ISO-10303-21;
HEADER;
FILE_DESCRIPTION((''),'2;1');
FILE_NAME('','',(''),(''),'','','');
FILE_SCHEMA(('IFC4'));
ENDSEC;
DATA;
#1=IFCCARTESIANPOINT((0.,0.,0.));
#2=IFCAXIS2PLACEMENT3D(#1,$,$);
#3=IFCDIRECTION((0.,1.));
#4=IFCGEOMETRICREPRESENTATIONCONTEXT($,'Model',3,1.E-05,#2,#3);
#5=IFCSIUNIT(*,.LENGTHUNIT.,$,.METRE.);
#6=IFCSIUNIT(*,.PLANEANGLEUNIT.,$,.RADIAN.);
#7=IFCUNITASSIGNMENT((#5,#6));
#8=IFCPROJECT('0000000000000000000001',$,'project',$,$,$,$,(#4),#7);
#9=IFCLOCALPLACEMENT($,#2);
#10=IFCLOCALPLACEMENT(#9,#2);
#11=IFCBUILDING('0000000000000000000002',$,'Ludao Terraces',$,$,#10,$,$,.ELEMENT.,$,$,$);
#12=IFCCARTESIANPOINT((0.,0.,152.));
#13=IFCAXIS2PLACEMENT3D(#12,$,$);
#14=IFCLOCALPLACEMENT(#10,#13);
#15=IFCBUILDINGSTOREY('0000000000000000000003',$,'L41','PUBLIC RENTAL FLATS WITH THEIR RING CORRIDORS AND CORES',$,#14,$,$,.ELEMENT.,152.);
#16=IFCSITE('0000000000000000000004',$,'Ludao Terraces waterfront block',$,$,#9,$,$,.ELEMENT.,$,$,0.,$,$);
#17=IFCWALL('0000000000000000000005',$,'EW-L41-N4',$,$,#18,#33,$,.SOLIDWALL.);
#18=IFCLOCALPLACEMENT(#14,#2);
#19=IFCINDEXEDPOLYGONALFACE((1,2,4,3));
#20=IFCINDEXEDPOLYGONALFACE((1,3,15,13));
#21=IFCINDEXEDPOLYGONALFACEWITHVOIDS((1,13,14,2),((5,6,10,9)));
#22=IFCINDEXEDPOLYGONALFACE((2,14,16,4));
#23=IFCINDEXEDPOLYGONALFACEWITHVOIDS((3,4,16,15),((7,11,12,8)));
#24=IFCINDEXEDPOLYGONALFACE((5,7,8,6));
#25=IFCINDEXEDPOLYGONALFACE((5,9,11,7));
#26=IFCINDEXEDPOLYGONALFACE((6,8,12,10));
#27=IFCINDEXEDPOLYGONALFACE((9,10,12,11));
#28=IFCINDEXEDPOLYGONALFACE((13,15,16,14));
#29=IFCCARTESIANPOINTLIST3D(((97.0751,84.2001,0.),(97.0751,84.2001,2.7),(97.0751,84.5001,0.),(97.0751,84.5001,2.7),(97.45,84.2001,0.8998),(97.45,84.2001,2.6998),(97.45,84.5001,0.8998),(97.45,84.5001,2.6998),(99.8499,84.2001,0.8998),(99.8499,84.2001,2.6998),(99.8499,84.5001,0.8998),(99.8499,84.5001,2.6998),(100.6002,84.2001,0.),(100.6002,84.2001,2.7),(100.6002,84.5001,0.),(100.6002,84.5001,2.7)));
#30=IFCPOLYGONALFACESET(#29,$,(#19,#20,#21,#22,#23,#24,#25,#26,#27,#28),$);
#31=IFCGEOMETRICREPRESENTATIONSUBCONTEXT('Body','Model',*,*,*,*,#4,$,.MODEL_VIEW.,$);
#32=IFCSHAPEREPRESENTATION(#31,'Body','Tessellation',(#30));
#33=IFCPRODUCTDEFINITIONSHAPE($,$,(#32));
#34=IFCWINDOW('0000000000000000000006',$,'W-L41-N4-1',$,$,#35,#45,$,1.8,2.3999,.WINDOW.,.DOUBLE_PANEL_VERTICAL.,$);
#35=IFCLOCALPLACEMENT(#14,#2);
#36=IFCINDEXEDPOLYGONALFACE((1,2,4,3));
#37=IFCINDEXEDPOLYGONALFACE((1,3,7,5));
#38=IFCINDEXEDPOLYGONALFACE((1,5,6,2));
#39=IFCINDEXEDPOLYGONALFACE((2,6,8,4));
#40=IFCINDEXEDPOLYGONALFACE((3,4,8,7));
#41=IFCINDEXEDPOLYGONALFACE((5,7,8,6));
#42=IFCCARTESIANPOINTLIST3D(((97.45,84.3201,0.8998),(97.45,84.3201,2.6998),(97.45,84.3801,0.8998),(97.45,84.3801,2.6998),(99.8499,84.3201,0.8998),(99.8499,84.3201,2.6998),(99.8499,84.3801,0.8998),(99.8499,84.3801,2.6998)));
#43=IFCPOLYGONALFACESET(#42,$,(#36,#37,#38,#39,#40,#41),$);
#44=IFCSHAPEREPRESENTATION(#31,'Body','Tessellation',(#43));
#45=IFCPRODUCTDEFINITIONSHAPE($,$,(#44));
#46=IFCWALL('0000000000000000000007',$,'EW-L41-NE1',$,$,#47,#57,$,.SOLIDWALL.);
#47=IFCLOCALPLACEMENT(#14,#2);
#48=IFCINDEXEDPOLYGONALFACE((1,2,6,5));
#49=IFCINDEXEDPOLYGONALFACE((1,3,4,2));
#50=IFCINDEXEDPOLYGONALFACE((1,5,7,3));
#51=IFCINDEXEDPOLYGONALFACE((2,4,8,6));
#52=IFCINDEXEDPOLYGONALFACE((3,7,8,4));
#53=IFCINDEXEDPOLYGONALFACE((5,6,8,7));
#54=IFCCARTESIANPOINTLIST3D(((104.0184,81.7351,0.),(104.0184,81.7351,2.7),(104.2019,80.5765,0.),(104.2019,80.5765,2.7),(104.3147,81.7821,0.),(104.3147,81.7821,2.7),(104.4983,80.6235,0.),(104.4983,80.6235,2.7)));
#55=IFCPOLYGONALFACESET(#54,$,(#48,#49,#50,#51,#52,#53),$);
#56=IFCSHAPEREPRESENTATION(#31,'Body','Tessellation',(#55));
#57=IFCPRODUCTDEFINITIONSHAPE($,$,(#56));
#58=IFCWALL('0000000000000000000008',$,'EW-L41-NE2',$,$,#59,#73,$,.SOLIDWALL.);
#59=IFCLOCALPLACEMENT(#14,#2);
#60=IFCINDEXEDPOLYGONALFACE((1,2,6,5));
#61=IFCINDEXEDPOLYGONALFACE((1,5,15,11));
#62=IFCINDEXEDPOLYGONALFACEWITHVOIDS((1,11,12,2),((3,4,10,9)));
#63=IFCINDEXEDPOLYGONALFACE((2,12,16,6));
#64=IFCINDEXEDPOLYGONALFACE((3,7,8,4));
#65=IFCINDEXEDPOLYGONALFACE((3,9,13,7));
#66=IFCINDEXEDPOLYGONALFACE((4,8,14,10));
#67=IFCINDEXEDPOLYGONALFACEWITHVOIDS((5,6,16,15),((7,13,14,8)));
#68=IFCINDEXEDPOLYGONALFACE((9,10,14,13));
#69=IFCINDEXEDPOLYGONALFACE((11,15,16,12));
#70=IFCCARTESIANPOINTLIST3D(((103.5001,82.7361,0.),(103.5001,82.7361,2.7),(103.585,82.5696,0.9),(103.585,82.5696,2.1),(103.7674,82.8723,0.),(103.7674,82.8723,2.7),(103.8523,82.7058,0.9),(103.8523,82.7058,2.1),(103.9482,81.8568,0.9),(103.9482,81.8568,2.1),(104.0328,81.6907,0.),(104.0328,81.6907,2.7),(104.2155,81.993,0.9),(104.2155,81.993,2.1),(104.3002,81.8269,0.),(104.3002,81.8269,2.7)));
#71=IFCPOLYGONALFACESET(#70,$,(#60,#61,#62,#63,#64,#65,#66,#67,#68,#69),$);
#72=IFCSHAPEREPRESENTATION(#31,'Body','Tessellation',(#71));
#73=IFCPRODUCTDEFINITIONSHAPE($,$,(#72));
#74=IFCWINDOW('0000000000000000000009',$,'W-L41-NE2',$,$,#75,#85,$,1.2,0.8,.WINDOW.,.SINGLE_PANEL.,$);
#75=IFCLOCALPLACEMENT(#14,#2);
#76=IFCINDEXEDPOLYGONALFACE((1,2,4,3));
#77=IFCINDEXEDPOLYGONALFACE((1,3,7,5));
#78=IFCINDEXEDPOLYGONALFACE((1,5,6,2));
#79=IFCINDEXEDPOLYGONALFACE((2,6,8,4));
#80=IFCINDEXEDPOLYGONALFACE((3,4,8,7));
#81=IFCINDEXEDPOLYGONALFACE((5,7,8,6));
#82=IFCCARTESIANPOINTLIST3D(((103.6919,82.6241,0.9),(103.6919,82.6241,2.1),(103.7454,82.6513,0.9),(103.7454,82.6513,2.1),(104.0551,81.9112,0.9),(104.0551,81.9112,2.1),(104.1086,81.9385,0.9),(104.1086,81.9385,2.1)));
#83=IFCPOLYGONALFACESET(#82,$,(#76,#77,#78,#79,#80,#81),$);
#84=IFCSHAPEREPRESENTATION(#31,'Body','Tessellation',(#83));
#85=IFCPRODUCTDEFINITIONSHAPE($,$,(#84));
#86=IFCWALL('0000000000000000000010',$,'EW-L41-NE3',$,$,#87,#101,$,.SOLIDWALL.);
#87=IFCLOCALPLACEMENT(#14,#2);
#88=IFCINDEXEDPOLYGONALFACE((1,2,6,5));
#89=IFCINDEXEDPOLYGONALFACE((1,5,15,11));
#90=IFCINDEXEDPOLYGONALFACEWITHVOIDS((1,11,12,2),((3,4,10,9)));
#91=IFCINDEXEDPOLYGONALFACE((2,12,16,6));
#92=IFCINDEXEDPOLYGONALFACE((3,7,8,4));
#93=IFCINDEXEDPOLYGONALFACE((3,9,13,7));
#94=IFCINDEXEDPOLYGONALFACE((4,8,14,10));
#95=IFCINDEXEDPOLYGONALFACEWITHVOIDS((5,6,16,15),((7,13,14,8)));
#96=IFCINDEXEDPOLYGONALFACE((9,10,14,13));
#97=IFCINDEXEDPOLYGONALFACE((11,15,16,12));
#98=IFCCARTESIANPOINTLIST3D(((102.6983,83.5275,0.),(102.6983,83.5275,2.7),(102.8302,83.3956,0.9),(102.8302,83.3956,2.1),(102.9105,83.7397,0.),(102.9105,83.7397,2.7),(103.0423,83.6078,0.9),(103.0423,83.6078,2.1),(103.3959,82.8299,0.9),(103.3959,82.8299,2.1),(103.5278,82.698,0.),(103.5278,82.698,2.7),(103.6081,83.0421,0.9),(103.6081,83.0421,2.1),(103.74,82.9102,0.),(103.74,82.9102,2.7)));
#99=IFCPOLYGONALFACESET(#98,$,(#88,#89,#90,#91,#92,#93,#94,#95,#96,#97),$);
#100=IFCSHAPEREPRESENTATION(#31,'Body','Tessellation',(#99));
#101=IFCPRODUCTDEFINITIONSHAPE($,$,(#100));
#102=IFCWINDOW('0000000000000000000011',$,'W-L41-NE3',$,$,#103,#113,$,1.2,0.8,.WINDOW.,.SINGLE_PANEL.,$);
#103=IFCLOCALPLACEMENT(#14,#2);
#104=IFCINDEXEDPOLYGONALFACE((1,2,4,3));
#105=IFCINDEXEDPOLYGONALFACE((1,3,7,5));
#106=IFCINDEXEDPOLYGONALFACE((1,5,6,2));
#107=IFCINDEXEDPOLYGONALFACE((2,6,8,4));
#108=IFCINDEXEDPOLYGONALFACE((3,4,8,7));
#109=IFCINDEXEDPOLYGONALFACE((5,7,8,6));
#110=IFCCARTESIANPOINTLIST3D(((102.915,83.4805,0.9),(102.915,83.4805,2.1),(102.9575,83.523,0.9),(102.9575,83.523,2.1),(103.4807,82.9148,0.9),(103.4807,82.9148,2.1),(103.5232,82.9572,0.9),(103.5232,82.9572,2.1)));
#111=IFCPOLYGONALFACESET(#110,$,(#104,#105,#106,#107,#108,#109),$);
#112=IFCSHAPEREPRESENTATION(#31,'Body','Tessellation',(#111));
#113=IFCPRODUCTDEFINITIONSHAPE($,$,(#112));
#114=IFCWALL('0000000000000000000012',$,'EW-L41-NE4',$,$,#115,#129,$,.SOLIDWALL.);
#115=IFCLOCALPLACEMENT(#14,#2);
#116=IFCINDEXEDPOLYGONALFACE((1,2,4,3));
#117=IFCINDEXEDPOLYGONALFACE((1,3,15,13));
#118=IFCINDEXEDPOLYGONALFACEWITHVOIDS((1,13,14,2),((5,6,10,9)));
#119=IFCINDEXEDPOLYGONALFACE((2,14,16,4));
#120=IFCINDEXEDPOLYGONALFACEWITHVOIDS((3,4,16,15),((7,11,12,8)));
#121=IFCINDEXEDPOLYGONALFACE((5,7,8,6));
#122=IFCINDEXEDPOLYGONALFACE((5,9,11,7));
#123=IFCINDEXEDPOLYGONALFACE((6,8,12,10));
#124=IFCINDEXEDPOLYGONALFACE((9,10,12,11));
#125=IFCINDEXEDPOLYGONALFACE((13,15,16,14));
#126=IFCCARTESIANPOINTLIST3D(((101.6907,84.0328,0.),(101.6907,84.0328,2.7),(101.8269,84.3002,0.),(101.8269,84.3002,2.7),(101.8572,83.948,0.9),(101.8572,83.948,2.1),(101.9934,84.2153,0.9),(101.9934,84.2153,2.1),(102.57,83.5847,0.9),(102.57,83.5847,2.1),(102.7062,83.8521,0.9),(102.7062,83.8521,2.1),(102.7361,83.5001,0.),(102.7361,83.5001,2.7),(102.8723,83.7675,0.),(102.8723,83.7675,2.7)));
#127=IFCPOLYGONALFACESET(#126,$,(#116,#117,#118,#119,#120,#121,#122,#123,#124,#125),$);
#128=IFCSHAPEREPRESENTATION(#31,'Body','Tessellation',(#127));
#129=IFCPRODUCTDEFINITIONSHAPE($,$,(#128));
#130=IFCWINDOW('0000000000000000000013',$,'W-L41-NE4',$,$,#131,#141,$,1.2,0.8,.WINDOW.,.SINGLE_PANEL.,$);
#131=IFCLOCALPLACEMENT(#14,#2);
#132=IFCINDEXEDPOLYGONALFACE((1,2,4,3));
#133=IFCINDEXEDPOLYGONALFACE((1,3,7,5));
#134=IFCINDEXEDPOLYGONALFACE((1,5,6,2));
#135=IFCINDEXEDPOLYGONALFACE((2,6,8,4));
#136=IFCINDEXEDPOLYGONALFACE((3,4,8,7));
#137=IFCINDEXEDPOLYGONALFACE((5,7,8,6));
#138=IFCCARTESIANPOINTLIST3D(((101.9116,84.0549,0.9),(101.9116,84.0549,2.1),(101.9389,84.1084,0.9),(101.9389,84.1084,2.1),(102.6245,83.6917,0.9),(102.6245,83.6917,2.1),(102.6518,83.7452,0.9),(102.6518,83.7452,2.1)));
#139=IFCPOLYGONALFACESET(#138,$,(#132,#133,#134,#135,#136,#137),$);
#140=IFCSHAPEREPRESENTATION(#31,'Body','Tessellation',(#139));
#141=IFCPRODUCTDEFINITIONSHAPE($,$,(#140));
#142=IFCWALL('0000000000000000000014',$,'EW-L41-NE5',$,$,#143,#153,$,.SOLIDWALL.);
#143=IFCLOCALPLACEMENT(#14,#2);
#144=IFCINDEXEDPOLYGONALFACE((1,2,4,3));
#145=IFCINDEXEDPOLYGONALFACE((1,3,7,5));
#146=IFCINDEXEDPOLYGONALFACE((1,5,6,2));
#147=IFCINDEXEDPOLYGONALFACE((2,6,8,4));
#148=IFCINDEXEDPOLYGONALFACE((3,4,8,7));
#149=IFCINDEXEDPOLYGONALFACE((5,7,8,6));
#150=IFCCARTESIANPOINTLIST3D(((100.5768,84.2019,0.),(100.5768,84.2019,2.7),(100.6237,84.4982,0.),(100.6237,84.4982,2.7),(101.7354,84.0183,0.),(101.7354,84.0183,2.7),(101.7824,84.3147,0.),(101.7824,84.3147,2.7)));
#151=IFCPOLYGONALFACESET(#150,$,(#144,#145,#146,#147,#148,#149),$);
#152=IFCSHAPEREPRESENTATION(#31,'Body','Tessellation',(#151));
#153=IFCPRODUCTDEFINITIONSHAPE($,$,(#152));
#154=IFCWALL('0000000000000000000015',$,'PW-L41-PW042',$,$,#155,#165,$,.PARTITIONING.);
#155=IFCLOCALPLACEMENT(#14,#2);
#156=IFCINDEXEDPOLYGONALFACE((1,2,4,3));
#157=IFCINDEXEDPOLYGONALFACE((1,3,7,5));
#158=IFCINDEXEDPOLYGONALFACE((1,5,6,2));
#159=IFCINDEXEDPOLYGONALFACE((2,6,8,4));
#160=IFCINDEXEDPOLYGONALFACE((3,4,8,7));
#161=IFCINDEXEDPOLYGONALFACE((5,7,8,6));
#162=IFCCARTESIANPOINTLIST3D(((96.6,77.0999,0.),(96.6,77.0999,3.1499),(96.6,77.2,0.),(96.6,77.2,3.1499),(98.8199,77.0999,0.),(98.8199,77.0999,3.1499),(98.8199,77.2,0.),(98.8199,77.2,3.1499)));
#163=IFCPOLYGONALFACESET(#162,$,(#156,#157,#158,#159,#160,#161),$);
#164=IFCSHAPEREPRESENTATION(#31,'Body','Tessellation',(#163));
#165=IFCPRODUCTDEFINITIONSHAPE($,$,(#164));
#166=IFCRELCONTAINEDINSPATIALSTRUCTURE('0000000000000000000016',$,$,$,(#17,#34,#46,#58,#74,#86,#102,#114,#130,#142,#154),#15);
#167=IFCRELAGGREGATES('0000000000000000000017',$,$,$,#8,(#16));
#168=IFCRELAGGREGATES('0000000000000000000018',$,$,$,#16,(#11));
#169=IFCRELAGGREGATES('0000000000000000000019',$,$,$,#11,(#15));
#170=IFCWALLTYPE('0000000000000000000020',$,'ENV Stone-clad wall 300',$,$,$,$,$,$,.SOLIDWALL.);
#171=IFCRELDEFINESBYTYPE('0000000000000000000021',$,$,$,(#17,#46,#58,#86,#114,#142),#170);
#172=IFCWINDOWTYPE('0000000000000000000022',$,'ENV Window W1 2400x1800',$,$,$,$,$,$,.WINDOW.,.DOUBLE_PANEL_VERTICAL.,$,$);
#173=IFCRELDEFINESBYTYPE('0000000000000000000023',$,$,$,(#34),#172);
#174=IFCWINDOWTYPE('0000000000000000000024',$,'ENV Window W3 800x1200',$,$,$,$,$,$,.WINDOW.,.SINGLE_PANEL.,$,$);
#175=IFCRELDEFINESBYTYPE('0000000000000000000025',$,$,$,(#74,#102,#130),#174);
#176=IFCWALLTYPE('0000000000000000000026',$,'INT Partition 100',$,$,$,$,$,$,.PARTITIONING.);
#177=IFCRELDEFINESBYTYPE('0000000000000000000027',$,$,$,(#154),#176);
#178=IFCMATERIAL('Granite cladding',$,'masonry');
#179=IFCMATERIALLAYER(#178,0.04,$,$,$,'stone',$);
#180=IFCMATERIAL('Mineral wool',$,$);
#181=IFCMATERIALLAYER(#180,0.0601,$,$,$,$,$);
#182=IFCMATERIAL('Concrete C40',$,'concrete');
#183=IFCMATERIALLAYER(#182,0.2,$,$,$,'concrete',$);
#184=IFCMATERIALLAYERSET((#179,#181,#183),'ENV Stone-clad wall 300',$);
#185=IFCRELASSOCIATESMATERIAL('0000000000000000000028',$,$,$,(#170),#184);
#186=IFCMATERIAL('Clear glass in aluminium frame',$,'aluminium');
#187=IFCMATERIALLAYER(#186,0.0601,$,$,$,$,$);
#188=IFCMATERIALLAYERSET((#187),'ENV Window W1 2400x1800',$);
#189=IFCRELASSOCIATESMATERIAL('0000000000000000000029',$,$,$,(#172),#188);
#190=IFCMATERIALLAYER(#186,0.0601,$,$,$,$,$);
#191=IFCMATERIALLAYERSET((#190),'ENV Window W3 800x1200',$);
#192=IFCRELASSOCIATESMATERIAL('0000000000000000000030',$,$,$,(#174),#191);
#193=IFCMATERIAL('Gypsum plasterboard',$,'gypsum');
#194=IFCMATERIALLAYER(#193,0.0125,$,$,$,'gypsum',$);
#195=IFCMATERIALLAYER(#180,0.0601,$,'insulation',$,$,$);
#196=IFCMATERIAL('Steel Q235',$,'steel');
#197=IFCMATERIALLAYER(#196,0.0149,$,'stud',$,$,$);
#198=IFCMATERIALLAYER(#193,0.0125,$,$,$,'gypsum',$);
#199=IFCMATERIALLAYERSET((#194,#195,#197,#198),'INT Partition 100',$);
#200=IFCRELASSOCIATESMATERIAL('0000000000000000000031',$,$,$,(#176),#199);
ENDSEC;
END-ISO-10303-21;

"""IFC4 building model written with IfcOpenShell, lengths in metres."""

from ifc_helpers import new_model, si_unit, direction, frame, frame_2d, origin, place, context, subcontext, project, spatial, rectangle, extrude, material, layer, layer_set, type_object, element, fill, save


model = new_model("IFC4")

# Units and contexts
model_context = context("Model", 3, precision=1e-05, world=origin(), true_north=direction((0.0, 1.0)))
body_context = subcontext(model_context, "Body", "Model", "MODEL_VIEW")
ifc_project = project(units=[si_unit("LENGTHUNIT", "METRE"), si_unit("PLANEANGLEUNIT", "RADIAN")], contexts=[model_context])

# Site, building, storey
site_placement = place(None, origin())
site = spatial("IfcSite", under=ifc_project, at=site_placement, Name="Ludao Terraces waterfront block", CompositionType="ELEMENT", RefElevation=0.0)
building_placement = place(site_placement, origin())
building = spatial("IfcBuilding", under=site, at=building_placement, Name="Ludao Terraces", CompositionType="ELEMENT")
storey_placement = place(building_placement, frame((0.0, 0.0, 152.0)))
storey = spatial("IfcBuildingStorey", under=building, at=storey_placement, Name="L41", Description="PUBLIC RENTAL FLATS WITH THEIR RING CORRIDORS AND CORES", CompositionType="ELEMENT", Elevation=152.0)

# Shared definitions
ifc_material_1 = material(Name="Concrete C40", Category="concrete")

# Shared definitions
ifc_material_2 = material(Name="Steel Q235", Category="steel")

# Shared definitions
ifc_material_3 = material(Name="Granite cladding", Category="masonry")
ifc_layer_1 = layer(ifc_material_3, 0.04, Category="stone")
ifc_material_4 = material(Name="Mineral wool")
ifc_layer_2 = layer(ifc_material_4, 0.0601)
ifc_layer_3 = layer(ifc_material_1, 0.2, Category="concrete")
ifc_layer_set_1 = layer_set([ifc_layer_1, ifc_layer_2, ifc_layer_3], Name="ENV Stone-clad wall 300")
wall_type_1 = type_object("IfcWallType", Name="ENV Stone-clad wall 300", PredefinedType="SOLIDWALL", material=ifc_layer_set_1)
ifc_material_5 = material(Name="Clear glass in aluminium frame", Category="aluminium")
ifc_layer_4 = layer(ifc_material_5, 0.0601)
ifc_layer_set_2 = layer_set([ifc_layer_4], Name="ENV Window W1 2400x1800")
window_type_1 = type_object("IfcWindowType", Name="ENV Window W1 2400x1800", PartitioningType="DOUBLE_PANEL_VERTICAL", PredefinedType="WINDOW", material=ifc_layer_set_2)

# Wall, opening, window
wall_1_placement = place(storey_placement, frame((97.075, 84.3501, 0.0), z_axis=(0.0, 0.0, 1.0), x_axis=(1.0, 0.0, 0.0)))
wall_1 = element("IfcWall", 1, at=wall_1_placement, inside=storey, type_object=wall_type_1, Name="EW-L41-N4", PredefinedType="SOLIDWALL", context=body_context, shape_type="SweptSolid", body=[
    extrude(rectangle(XDim=3.5251, YDim=0.3, at=frame_2d((1.7627, 0.0))), origin(), (0.0, 0.0, 1.0), 2.7),
])
opening_1_placement = place(wall_1_placement, frame((0.375, 0.0, 0.8999)))
opening_1 = element("IfcOpeningElement", 2, at=opening_1_placement, cuts=wall_1, PredefinedType="OPENING", context=body_context, shape_type="SweptSolid", body=[
    extrude(rectangle(XDim=2.3999, YDim=1.8, at=frame_2d((1.2, 0.8999))), frame((0.0, 0.1602, 0.0), z_axis=(0.0, -1.0, 0.0), x_axis=(1.0, 0.0, 0.0)), (0.0, 0.0, 1.0), 0.3201),
])
window_1_placement = place(opening_1_placement, origin())
window_1 = element("IfcWindow", 3, at=window_1_placement, inside=storey, type_object=window_type_1, Name="W-L41-N4-1", OverallHeight=1.8, OverallWidth=2.3999, PartitioningType="DOUBLE_PANEL_VERTICAL", PredefinedType="WINDOW", context=body_context, shape_type="SweptSolid", body=[
    extrude(rectangle(XDim=2.3999, YDim=1.8, at=frame_2d((1.2, 0.8999))), frame((0.0, 0.03, 0.0), z_axis=(0.0, -1.0, 0.0), x_axis=(1.0, 0.0, 0.0)), (0.0, 0.0, 1.0), 0.0601),
])
fill(opening_1, window_1)

# Wall
wall_2_placement = place(storey_placement, frame((104.3501, 80.6001, 0.0), z_axis=(0.0, 0.0, 1.0), x_axis=(-0.156497, 0.987678, 0.0)))
element("IfcWall", 4, at=wall_2_placement, inside=storey, type_object=wall_type_1, Name="EW-L41-NE1", PredefinedType="SOLIDWALL", context=body_context, shape_type="SweptSolid", body=[
    extrude(rectangle(XDim=1.1731, YDim=0.3, at=frame_2d((0.5864, 0.0))), origin(), (0.0, 0.0, 1.0), 2.7),
])

# Walls, openings, windows
wall_3_placement = place(storey_placement, frame((104.1665, 81.7588, 0.0), z_axis=(0.0, 0.0, 1.0), x_axis=(-0.454026, 0.890989, 0.0)))
wall_3 = element("IfcWall", 5, at=wall_3_placement, inside=storey, type_object=wall_type_1, Name="EW-L41-NE2", PredefinedType="SOLIDWALL", context=body_context, shape_type="SweptSolid", body=[
    extrude(rectangle(XDim=1.1733, YDim=0.3, at=frame_2d((0.5867, 0.0))), origin(), (0.0, 0.0, 1.0), 2.7),
])
opening_2_placement = place(wall_3_placement, frame((0.1865, 0.0, 0.8999)))
opening_2 = element("IfcOpeningElement", 6, at=opening_2_placement, cuts=wall_3, PredefinedType="OPENING", context=body_context, shape_type="SweptSolid", body=[
    extrude(rectangle(XDim=0.8, YDim=1.2, at=frame_2d((0.3999, 0.6001))), frame((0.0, 0.1602, 0.0), z_axis=(0.0, -1.0, 0.0), x_axis=(1.0, 0.0, 0.0)), (0.0, 0.0, 1.0), 0.3201),
])
ifc_layer_5 = layer(ifc_material_5, 0.0601)
ifc_layer_set_3 = layer_set([ifc_layer_5], Name="ENV Window W3 800x1200")
window_type_2 = type_object("IfcWindowType", Name="ENV Window W3 800x1200", PartitioningType="SINGLE_PANEL", PredefinedType="WINDOW", material=ifc_layer_set_3)
window_2_placement = place(opening_2_placement, origin())
window_2 = element("IfcWindow", 7, at=window_2_placement, inside=storey, type_object=window_type_2, Name="W-L41-NE2", OverallHeight=1.2, OverallWidth=0.8, PartitioningType="SINGLE_PANEL", PredefinedType="WINDOW", context=body_context, shape_type="SweptSolid", body=[
    extrude(rectangle(XDim=0.8, YDim=1.2, at=frame_2d((0.3999, 0.6001))), frame((0.0, 0.03, 0.0), z_axis=(0.0, -1.0, 0.0), x_axis=(1.0, 0.0, 0.0)), (0.0, 0.0, 1.0), 0.0601),
])
fill(opening_2, window_2)
wall_4_placement = place(storey_placement, frame((103.6338, 82.8042, 0.0), z_axis=(0.0, 0.0, 1.0), x_axis=(-0.707107, 0.707107, 0.0)))
wall_4 = element("IfcWall", 8, at=wall_4_placement, inside=storey, type_object=wall_type_1, Name="EW-L41-NE3", PredefinedType="SOLIDWALL", context=body_context, shape_type="SweptSolid", body=[
    extrude(rectangle(XDim=1.1731, YDim=0.3, at=frame_2d((0.5864, 0.0))), origin(), (0.0, 0.0, 1.0), 2.7),
])
opening_3_placement = place(wall_4_placement, frame((0.1865, 0.0, 0.8999)))
opening_3 = element("IfcOpeningElement", 9, at=opening_3_placement, cuts=wall_4, PredefinedType="OPENING", context=body_context, shape_type="SweptSolid", body=[
    extrude(rectangle(XDim=0.8, YDim=1.2, at=frame_2d((0.3999, 0.6001))), frame((0.0, 0.1602, 0.0), z_axis=(0.0, -1.0, 0.0), x_axis=(1.0, 0.0, 0.0)), (0.0, 0.0, 1.0), 0.3201),
])
window_3_placement = place(opening_3_placement, origin())
window_3 = element("IfcWindow", 10, at=window_3_placement, inside=storey, type_object=window_type_2, Name="W-L41-NE3", OverallHeight=1.2, OverallWidth=0.8, PartitioningType="SINGLE_PANEL", PredefinedType="WINDOW", context=body_context, shape_type="SweptSolid", body=[
    extrude(rectangle(XDim=0.8, YDim=1.2, at=frame_2d((0.3999, 0.6001))), frame((0.0, 0.03, 0.0), z_axis=(0.0, -1.0, 0.0), x_axis=(1.0, 0.0, 0.0)), (0.0, 0.0, 1.0), 0.0601),
])
fill(opening_3, window_3)
wall_5_placement = place(storey_placement, frame((102.8042, 83.6338, 0.0), z_axis=(0.0, 0.0, 1.0), x_axis=(-0.890989, 0.454026, 0.0)))
wall_5 = element("IfcWall", 11, at=wall_5_placement, inside=storey, type_object=wall_type_1, Name="EW-L41-NE4", PredefinedType="SOLIDWALL", context=body_context, shape_type="SweptSolid", body=[
    extrude(rectangle(XDim=1.1733, YDim=0.3, at=frame_2d((0.5867, 0.0))), origin(), (0.0, 0.0, 1.0), 2.7),
])
opening_4_placement = place(wall_5_placement, frame((0.1865, 0.0, 0.8999)))
opening_4 = element("IfcOpeningElement", 12, at=opening_4_placement, cuts=wall_5, PredefinedType="OPENING", context=body_context, shape_type="SweptSolid", body=[
    extrude(rectangle(XDim=0.8, YDim=1.2, at=frame_2d((0.3999, 0.6001))), frame((0.0, 0.1602, 0.0), z_axis=(0.0, -1.0, 0.0), x_axis=(1.0, 0.0, 0.0)), (0.0, 0.0, 1.0), 0.3201),
])
window_4_placement = place(opening_4_placement, origin())
window_4 = element("IfcWindow", 13, at=window_4_placement, inside=storey, type_object=window_type_2, Name="W-L41-NE4", OverallHeight=1.2, OverallWidth=0.8, PartitioningType="SINGLE_PANEL", PredefinedType="WINDOW", context=body_context, shape_type="SweptSolid", body=[
    extrude(rectangle(XDim=0.8, YDim=1.2, at=frame_2d((0.3999, 0.6001))), frame((0.0, 0.03, 0.0), z_axis=(0.0, -1.0, 0.0), x_axis=(1.0, 0.0, 0.0)), (0.0, 0.0, 1.0), 0.0601),
])
fill(opening_4, window_4)

# Walls
wall_6_placement = place(storey_placement, frame((101.7588, 84.1665, 0.0), z_axis=(0.0, 0.0, 1.0), x_axis=(-0.987678, 0.156497, 0.0)))
element("IfcWall", 14, at=wall_6_placement, inside=storey, type_object=wall_type_1, Name="EW-L41-NE5", PredefinedType="SOLIDWALL", context=body_context, shape_type="SweptSolid", body=[
    extrude(rectangle(XDim=1.1731, YDim=0.3, at=frame_2d((0.5864, 0.0))), origin(), (0.0, 0.0, 1.0), 2.7),
])
ifc_material_6 = material(Name="Gypsum plasterboard", Category="gypsum")
ifc_layer_6 = layer(ifc_material_6, 0.0125, Category="gypsum")
ifc_layer_7 = layer(ifc_material_4, 0.0601, Name="insulation")
ifc_layer_8 = layer(ifc_material_2, 0.0149, Name="stud")
ifc_layer_9 = layer(ifc_material_6, 0.0125, Category="gypsum")
ifc_layer_set_4 = layer_set([ifc_layer_6, ifc_layer_7, ifc_layer_8, ifc_layer_9], Name="INT Partition 100")
wall_type_2 = type_object("IfcWallType", Name="INT Partition 100", PredefinedType="PARTITIONING", material=ifc_layer_set_4)
for number, where, z_axis, x_axis, name in (
    (15, (96.6001, 77.1499, 0.0), (0.0, 0.0, 1.0), (1.0, 0.0, 0.0), "PW-L41-PW042"),
):
    element("IfcWall", number, at=place(storey_placement, frame(where, z_axis=z_axis, x_axis=x_axis)), inside=storey, type_object=wall_type_2, Name=name, PredefinedType="PARTITIONING", context=body_context, shape_type="SweptSolid", body=[
        extrude(rectangle(XDim=2.22, YDim=0.1001, at=frame_2d((1.1099, 0.0))), origin(), (0.0, 0.0, 1.0), 3.1499),
    ])

save(model, "model.ifc")
